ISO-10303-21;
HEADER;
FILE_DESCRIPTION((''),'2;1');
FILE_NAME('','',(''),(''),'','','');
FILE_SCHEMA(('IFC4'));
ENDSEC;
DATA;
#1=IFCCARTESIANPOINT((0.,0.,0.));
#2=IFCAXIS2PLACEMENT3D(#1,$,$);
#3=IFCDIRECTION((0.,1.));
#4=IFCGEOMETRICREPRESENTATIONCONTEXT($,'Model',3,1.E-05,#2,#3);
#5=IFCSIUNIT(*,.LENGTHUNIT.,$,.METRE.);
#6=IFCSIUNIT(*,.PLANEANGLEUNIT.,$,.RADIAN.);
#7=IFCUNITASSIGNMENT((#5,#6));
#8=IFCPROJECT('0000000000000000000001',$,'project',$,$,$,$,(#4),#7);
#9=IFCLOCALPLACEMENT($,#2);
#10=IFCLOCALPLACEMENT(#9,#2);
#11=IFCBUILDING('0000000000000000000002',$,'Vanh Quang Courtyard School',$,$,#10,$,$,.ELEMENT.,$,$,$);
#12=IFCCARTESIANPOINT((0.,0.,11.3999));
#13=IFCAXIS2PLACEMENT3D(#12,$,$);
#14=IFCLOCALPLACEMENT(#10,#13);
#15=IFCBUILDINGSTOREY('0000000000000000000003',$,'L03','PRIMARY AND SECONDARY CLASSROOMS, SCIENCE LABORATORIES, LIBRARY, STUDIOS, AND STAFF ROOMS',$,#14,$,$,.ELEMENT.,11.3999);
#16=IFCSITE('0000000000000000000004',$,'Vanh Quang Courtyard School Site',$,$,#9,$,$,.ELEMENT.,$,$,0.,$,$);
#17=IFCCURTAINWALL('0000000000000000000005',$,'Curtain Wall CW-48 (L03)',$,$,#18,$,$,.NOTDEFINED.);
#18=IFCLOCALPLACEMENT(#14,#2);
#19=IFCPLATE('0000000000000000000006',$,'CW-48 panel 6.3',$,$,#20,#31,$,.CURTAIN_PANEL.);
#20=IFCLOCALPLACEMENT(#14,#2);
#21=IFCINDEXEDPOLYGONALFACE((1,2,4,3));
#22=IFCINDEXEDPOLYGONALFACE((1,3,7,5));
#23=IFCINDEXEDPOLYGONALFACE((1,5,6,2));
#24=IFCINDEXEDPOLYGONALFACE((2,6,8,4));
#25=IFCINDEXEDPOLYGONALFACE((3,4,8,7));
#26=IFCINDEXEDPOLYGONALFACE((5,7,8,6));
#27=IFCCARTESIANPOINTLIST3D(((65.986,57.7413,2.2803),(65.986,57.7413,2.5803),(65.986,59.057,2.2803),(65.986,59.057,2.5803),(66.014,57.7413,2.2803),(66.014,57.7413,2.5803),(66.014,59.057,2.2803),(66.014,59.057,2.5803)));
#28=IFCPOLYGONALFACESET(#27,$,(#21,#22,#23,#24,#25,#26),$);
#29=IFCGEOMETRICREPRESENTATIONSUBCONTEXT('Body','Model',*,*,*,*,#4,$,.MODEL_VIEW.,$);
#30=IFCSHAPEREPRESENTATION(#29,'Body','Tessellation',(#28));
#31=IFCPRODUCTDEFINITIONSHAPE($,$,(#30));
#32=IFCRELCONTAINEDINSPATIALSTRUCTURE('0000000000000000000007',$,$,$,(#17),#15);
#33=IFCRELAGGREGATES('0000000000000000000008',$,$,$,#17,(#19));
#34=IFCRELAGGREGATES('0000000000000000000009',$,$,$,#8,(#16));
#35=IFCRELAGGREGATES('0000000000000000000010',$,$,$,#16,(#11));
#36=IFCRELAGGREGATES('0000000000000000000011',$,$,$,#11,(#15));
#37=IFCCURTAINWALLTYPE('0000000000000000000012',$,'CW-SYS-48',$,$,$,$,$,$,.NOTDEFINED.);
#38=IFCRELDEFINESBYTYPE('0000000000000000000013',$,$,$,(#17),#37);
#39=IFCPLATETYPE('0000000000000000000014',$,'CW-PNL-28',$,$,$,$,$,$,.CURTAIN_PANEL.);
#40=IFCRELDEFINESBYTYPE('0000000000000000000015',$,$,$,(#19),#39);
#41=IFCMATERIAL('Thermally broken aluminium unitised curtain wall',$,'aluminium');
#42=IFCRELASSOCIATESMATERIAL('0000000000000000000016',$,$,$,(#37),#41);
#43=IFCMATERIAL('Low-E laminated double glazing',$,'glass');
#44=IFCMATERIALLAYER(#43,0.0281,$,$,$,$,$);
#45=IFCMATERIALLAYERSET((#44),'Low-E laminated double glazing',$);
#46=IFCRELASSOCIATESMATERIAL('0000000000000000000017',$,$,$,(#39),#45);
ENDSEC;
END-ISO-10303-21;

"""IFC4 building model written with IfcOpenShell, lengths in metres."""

from ifc_helpers import new_model, si_unit, direction, frame, origin, origin_2d, place, context, subcontext, project, spatial, rectangle, extrude, material, layer, layer_set, type_object, element, aggregate, save


model = new_model("IFC4")

# Units and contexts
model_context = context("Model", 3, precision=1e-05, world=origin(), true_north=direction((0.0, 1.0)))
body_context = subcontext(model_context, "Body", "Model", "MODEL_VIEW")
ifc_project = project(units=[si_unit("LENGTHUNIT", "METRE"), si_unit("PLANEANGLEUNIT", "RADIAN")], contexts=[model_context])

# Site, building, storey
site_placement = place(None, origin())
site = spatial("IfcSite", under=ifc_project, at=site_placement, Name="Vanh Quang Courtyard School Site", CompositionType="ELEMENT", RefElevation=0.0)
building_placement = place(site_placement, origin())
building = spatial("IfcBuilding", under=site, at=building_placement, Name="Vanh Quang Courtyard School", CompositionType="ELEMENT")
storey_placement = place(building_placement, frame((0.0, 0.0, 11.3999)))
storey = spatial("IfcBuildingStorey", under=building, at=storey_placement, Name="L03", Description="PRIMARY AND SECONDARY CLASSROOMS, SCIENCE LABORATORIES, LIBRARY, STUDIOS, AND STAFF ROOMS", CompositionType="ELEMENT", Elevation=11.3999)

# Curtain wall
ifc_material_1 = material(Name="Thermally broken aluminium unitised curtain wall", Category="aluminium")
curtain_wall_type = type_object("IfcCurtainWallType", Name="CW-SYS-48", PredefinedType="NOTDEFINED", material=ifc_material_1)
curtain_wall_placement = place(storey_placement, origin())
curtain_wall = element("IfcCurtainWall", 1, at=curtain_wall_placement, inside=storey, type_object=curtain_wall_type, Name="Curtain Wall CW-48 (L03)", PredefinedType="NOTDEFINED")

# Plate
ifc_material_2 = material(Name="Low-E laminated double glazing", Category="glass")
ifc_layer = layer(ifc_material_2, 0.0281)
ifc_layer_set = layer_set([ifc_layer], Name="Low-E laminated double glazing")
plate_type = type_object("IfcPlateType", Name="CW-PNL-28", PredefinedType="CURTAIN_PANEL", material=ifc_layer_set)
plate_1_placement = place(storey_placement, frame((66.0, 58.3992, 2.2803), z_axis=(0.0, 0.0, 1.0), x_axis=(0.0, 1.0, 0.0)))
plate_1 = element("IfcPlate", 2, at=plate_1_placement, type_object=plate_type, Name="CW-48 panel 6.3", PredefinedType="CURTAIN_PANEL", context=body_context, shape_type="SweptSolid", body=[
    extrude(rectangle(XDim=1.3157, YDim=0.0281, at=origin_2d()), origin(), (0.0, 0.0, 1.0), 0.3),
])
aggregate(curtain_wall, [plate_1])

save(model, "model.ifc")
